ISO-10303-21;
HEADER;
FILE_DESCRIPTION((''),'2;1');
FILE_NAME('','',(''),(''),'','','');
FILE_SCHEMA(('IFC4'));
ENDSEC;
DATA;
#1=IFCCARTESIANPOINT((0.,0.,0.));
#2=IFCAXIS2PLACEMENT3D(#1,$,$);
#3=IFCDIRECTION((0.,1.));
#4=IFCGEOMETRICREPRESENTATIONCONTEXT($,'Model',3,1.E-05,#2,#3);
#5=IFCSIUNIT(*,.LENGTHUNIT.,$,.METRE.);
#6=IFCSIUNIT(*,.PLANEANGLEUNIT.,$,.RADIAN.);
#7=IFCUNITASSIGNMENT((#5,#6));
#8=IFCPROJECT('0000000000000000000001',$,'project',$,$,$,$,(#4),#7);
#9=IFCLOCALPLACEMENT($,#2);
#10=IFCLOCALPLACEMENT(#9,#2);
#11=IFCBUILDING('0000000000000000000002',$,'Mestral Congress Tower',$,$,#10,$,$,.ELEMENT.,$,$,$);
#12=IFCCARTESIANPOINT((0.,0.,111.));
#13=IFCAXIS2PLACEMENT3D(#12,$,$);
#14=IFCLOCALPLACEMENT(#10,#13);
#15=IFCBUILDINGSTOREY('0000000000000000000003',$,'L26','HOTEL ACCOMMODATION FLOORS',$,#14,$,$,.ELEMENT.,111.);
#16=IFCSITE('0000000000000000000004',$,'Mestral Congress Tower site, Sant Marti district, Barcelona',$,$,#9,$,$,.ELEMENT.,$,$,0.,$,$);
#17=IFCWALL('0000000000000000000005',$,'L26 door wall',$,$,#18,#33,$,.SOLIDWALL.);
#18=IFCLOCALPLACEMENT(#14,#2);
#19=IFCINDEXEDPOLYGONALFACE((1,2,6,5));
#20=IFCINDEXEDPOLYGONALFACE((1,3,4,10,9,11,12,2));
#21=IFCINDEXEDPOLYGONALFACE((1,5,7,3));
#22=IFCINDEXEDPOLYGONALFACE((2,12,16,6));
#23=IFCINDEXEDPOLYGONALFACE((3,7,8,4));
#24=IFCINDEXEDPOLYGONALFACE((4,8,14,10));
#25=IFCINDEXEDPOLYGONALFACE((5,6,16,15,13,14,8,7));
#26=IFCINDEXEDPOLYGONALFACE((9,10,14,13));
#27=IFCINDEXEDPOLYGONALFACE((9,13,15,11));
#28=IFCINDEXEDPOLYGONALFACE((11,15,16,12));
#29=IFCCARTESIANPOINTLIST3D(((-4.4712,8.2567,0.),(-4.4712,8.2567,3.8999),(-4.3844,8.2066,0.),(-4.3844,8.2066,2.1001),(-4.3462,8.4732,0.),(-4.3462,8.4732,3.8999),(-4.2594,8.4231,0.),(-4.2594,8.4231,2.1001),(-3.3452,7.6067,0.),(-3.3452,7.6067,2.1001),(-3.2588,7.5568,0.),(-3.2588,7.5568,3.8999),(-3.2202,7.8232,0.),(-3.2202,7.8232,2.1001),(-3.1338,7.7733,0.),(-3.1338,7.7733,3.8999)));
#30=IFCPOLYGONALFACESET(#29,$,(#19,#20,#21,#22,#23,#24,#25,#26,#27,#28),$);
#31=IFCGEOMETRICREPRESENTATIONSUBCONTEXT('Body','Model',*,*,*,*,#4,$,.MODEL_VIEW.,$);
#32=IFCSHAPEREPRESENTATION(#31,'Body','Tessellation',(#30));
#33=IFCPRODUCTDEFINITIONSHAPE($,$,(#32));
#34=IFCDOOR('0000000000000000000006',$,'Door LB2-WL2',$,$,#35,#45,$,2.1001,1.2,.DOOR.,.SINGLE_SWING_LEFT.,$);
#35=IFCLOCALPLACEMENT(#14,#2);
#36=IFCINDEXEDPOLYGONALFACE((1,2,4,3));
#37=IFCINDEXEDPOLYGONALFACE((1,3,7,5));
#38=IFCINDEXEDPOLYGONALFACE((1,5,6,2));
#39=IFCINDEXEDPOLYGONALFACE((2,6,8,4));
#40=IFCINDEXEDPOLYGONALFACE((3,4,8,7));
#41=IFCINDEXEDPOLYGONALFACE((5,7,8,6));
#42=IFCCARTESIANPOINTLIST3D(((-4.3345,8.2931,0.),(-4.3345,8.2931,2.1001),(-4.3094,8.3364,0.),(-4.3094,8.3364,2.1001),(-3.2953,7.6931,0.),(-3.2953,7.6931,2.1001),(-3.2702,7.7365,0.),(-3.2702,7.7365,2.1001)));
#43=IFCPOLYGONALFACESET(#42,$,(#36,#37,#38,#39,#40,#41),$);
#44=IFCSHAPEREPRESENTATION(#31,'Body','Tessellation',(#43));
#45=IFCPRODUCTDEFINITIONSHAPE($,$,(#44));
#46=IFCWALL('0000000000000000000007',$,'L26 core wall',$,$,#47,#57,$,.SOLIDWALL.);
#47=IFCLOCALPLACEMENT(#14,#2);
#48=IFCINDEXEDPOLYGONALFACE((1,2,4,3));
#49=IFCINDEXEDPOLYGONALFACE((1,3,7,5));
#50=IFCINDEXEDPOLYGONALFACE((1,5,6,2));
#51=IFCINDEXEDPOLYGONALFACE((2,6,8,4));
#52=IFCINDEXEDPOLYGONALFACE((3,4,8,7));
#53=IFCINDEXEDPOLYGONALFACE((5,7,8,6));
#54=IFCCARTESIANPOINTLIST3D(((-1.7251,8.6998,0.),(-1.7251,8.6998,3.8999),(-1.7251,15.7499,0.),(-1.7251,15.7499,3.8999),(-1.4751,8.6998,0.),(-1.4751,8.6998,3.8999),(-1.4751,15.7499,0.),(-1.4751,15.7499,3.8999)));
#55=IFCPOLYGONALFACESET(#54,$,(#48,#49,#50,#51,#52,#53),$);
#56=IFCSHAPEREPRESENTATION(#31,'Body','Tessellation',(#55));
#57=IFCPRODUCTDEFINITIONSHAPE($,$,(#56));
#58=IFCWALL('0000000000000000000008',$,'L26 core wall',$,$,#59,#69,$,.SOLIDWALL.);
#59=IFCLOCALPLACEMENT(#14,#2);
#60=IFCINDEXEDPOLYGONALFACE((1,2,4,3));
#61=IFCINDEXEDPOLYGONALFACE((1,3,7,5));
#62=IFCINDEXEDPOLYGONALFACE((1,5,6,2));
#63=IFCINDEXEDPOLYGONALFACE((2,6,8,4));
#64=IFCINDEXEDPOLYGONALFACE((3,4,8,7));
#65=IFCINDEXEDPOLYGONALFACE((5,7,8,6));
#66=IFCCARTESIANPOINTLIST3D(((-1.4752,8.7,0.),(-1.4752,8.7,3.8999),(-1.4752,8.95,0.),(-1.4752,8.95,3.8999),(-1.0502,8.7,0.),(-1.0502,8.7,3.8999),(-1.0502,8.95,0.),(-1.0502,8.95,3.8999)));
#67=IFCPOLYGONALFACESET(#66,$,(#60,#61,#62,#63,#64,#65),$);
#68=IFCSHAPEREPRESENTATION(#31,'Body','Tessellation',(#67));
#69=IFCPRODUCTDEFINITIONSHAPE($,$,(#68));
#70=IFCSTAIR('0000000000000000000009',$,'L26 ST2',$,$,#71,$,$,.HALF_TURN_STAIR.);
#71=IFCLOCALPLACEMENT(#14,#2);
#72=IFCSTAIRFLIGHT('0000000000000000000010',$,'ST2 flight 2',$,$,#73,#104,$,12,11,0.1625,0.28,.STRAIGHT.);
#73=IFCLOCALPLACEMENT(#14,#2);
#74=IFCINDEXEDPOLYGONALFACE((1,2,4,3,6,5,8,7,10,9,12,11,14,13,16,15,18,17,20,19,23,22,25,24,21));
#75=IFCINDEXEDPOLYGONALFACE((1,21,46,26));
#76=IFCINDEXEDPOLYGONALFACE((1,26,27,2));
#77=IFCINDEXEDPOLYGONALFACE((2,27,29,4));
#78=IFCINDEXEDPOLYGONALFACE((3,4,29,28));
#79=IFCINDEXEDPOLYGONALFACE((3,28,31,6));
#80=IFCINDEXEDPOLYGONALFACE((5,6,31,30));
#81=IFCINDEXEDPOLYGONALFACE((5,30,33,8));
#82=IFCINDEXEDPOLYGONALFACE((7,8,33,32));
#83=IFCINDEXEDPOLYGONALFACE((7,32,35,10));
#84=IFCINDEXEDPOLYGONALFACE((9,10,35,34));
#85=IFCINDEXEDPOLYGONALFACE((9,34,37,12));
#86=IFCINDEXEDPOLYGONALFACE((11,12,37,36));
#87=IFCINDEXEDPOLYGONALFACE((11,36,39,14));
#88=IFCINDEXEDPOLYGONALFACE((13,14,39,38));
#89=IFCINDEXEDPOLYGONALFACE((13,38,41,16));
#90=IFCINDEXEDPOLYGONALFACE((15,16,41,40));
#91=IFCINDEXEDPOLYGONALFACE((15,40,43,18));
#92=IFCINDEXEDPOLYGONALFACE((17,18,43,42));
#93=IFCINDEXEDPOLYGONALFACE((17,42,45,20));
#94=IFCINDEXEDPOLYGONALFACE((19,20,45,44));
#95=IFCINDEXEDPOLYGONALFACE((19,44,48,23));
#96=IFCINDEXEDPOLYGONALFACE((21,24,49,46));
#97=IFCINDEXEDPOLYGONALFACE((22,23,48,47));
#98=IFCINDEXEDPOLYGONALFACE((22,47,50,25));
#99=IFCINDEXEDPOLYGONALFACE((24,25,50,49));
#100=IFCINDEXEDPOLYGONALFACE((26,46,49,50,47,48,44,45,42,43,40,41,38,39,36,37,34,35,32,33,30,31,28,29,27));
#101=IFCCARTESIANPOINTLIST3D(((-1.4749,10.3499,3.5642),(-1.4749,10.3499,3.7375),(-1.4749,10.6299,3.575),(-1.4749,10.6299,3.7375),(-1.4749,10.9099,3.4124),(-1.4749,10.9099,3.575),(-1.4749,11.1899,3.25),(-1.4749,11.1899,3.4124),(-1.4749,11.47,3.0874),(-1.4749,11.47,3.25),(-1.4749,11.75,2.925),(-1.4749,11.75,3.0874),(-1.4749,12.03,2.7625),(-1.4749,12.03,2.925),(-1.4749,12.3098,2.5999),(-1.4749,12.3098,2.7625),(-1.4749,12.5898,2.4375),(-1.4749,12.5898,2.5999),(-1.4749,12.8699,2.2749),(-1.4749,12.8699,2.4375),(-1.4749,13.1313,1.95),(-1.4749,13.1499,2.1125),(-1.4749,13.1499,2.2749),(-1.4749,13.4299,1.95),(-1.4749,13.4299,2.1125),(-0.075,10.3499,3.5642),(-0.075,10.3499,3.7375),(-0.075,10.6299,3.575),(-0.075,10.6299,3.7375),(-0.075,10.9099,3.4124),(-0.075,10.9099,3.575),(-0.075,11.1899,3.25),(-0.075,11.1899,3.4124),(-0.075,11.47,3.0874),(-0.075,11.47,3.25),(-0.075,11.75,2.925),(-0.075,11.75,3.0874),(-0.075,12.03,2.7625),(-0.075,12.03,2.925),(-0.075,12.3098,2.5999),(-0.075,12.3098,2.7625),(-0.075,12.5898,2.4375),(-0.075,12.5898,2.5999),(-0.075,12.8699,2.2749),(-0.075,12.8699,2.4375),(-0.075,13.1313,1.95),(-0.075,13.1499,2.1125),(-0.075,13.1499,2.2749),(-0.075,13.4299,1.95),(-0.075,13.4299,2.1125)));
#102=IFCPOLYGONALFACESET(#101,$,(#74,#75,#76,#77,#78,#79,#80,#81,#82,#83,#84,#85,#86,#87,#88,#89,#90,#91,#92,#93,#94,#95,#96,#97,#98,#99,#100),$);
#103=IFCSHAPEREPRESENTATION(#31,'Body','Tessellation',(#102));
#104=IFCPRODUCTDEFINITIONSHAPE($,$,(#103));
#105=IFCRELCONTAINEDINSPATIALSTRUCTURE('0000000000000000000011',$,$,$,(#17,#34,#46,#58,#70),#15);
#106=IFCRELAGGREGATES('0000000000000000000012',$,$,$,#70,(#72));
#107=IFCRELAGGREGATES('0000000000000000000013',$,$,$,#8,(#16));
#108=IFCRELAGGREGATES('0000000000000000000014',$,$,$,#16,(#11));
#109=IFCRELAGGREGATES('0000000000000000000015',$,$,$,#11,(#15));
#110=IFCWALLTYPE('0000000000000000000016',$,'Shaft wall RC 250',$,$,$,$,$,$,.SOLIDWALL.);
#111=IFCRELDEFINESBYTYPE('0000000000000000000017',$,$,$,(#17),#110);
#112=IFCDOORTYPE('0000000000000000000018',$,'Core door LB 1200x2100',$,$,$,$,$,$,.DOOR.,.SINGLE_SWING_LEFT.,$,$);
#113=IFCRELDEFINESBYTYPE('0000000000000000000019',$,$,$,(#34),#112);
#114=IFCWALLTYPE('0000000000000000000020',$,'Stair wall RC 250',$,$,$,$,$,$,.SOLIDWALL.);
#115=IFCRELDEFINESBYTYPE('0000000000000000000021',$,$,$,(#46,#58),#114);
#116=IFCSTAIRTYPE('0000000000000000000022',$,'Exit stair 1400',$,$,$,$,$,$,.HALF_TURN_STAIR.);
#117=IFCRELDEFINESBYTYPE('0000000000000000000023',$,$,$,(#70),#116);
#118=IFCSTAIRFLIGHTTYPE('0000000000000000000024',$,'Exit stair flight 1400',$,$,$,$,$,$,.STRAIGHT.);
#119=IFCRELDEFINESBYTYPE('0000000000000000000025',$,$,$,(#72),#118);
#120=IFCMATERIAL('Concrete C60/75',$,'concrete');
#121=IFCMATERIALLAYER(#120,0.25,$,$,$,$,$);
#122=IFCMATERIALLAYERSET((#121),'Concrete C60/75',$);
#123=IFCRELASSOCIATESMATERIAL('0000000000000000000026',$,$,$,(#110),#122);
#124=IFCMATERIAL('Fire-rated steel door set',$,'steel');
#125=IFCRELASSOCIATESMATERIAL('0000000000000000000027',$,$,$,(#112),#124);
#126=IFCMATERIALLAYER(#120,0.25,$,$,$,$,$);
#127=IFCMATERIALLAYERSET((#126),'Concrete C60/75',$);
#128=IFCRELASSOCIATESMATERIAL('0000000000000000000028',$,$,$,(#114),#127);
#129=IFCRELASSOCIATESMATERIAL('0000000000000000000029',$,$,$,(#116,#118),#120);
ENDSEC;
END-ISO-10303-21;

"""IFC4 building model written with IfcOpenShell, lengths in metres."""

from ifc_helpers import new_model, si_unit, direction, frame, frame_2d, origin, place, context, subcontext, project, spatial, polyline, rectangle, outline, extrude, material, layer, layer_set, type_object, element, fill, aggregate, save


model = new_model("IFC4")

# Units and contexts
model_context = context("Model", 3, precision=1e-05, world=origin(), true_north=direction((0.0, 1.0)))
body_context = subcontext(model_context, "Body", "Model", "MODEL_VIEW")
ifc_project = project(units=[si_unit("LENGTHUNIT", "METRE"), si_unit("PLANEANGLEUNIT", "RADIAN")], contexts=[model_context])

# Site, building, storey
site_placement = place(None, origin())
site = spatial("IfcSite", under=ifc_project, at=site_placement, Name="Mestral Congress Tower site, Sant Marti district, Barcelona", CompositionType="ELEMENT", RefElevation=0.0)
building_placement = place(site_placement, origin())
building = spatial("IfcBuilding", under=site, at=building_placement, Name="Mestral Congress Tower", CompositionType="ELEMENT")
storey_placement = place(building_placement, frame((0.0, 0.0, 111.0)))
storey = spatial("IfcBuildingStorey", under=building, at=storey_placement, Name="L26", Description="HOTEL ACCOMMODATION FLOORS", CompositionType="ELEMENT", Elevation=111.0)

# Shared definitions
ifc_material_1 = material(Name="Fire-rated steel door set", Category="steel")

# Shared definitions
ifc_material_2 = material(Name="Concrete C60/75", Category="concrete")
ifc_layer_1 = layer(ifc_material_2, 0.25)
ifc_layer_set_1 = layer_set([ifc_layer_1], Name="Concrete C60/75")
wall_type_1 = type_object("IfcWallType", Name="Shaft wall RC 250", PredefinedType="SOLIDWALL", material=ifc_layer_set_1)

# Wall, opening, door
wall_1_placement = place(storey_placement, frame((-4.4087, 8.365, 0.0), z_axis=(0.0, 0.0, 1.0), x_axis=(0.866035, -0.499984, 0.0)))
wall_1 = element("IfcWall", 1, at=wall_1_placement, inside=storey, type_object=wall_type_1, Name="L26 door wall", PredefinedType="SOLIDWALL", context=body_context, shape_type="SweptSolid", body=[
    extrude(rectangle(XDim=1.3999, YDim=0.25, at=frame_2d((0.7, 0.0))), origin(), (0.0, 0.0, 1.0), 3.8999),
])
opening_1_placement = place(wall_1_placement, frame((0.1001, 0.0, 0.0)))
opening_1 = element("IfcOpeningElement", 2, at=opening_1_placement, cuts=wall_1, PredefinedType="OPENING", context=body_context, shape_type="SweptSolid", body=[
    extrude(rectangle(XDim=1.2, YDim=2.1001, at=frame_2d((0.6001, 1.05))), frame((0.0, 0.135, 0.0), z_axis=(0.0, -1.0, 0.0), x_axis=(1.0, 0.0, 0.0)), (0.0, 0.0, 1.0), 0.27),
])
door_type_1 = type_object("IfcDoorType", Name="Core door LB 1200x2100", OperationType="SINGLE_SWING_LEFT", PredefinedType="DOOR", material=ifc_material_1)
door_1_placement = place(opening_1_placement, origin())
door_1 = element("IfcDoor", 3, at=door_1_placement, inside=storey, type_object=door_type_1, Name="Door LB2-WL2", OperationType="SINGLE_SWING_LEFT", OverallHeight=2.1001, OverallWidth=1.2, PredefinedType="DOOR", context=body_context, shape_type="SweptSolid", body=[
    extrude(rectangle(XDim=1.2, YDim=2.1001, at=frame_2d((0.6001, 1.05))), frame((0.0, 0.0249, 0.0), z_axis=(0.0, -1.0, 0.0), x_axis=(1.0, 0.0, 0.0)), (0.0, 0.0, 1.0), 0.05),
])
fill(opening_1, door_1)

# Walls
ifc_layer_2 = layer(ifc_material_2, 0.25)
ifc_layer_set_2 = layer_set([ifc_layer_2], Name="Concrete C60/75")
wall_type_2 = type_object("IfcWallType", Name="Stair wall RC 250", PredefinedType="SOLIDWALL", material=ifc_layer_set_2)
wall_2_placement = place(storey_placement, frame((-1.6001, 8.7, 0.0), z_axis=(0.0, 0.0, 1.0), x_axis=(0.0, 1.0, 0.0)))
element("IfcWall", 4, at=wall_2_placement, inside=storey, type_object=wall_type_2, Name="L26 core wall", PredefinedType="SOLIDWALL", context=body_context, shape_type="SweptSolid", body=[
    extrude(rectangle(XDim=7.05, YDim=0.25, at=frame_2d((3.5249, 0.0))), origin(), (0.0, 0.0, 1.0), 3.8999),
])
wall_3_placement = place(storey_placement, frame((-1.4751, 8.825, 0.0), z_axis=(0.0, 0.0, 1.0), x_axis=(1.0, 0.0, 0.0)))
element("IfcWall", 5, at=wall_3_placement, inside=storey, type_object=wall_type_2, Name="L26 core wall", PredefinedType="SOLIDWALL", context=body_context, shape_type="SweptSolid", body=[
    extrude(rectangle(XDim=0.425, YDim=0.25, at=frame_2d((0.2124, 0.0))), origin(), (0.0, 0.0, 1.0), 3.8999),
])

# Stair, stair flight
stair_type = type_object("IfcStairType", Name="Exit stair 1400", PredefinedType="HALF_TURN_STAIR", material=ifc_material_2)
stair_placement = place(storey_placement, origin())
stair = element("IfcStair", 6, at=stair_placement, inside=storey, type_object=stair_type, Name="L26 ST2", PredefinedType="HALF_TURN_STAIR")
stair_flight_type = type_object("IfcStairFlightType", Name="Exit stair flight 1400", PredefinedType="STRAIGHT", material=ifc_material_2)
stair_flight_placement = place(storey_placement, frame((-0.7749, 13.4299, 1.95), z_axis=(0.0, 0.0, 1.0), x_axis=(0.0, -1.0, 0.0)))
stair_flight = element("IfcStairFlight", 7, at=stair_flight_placement, type_object=stair_flight_type, Name="ST2 flight 2", NumberOfRisers=12, NumberOfTreads=11, PredefinedType="STRAIGHT", RiserHeight=0.1625, TreadLength=0.28, context=body_context, shape_type="SweptSolid", body=[
    extrude(outline(polyline([(0.0, 0.0), (0.0, 0.1626), (0.28, 0.1626), (0.28, 0.325), (0.5601, 0.325), (0.5601, 0.4875), (0.8401, 0.4875), (0.8401, 0.6499), (1.1201, 0.6499), (1.1201, 0.8125), (1.3999, 0.8125), (1.3999, 0.9751), (1.6799, 0.9751), (1.6799, 1.1375), (1.96, 1.1375), (1.96, 1.3), (2.24, 1.3), (2.24, 1.4624), (2.52, 1.4624), (2.52, 1.625), (2.8, 1.625), (2.8, 1.7876), (3.0801, 1.7876), (3.0801, 1.95), (3.0801, 1.6143), (0.2986, 0.0), (0.0, 0.0)])), frame((0.0, 0.7, 0.0), z_axis=(0.0, -1.0, 0.0), x_axis=(1.0, 0.0, 0.0)), (0.0, 0.0, 1.0), 1.3999),
])
aggregate(stair, [stair_flight])

save(model, "model.ifc")
